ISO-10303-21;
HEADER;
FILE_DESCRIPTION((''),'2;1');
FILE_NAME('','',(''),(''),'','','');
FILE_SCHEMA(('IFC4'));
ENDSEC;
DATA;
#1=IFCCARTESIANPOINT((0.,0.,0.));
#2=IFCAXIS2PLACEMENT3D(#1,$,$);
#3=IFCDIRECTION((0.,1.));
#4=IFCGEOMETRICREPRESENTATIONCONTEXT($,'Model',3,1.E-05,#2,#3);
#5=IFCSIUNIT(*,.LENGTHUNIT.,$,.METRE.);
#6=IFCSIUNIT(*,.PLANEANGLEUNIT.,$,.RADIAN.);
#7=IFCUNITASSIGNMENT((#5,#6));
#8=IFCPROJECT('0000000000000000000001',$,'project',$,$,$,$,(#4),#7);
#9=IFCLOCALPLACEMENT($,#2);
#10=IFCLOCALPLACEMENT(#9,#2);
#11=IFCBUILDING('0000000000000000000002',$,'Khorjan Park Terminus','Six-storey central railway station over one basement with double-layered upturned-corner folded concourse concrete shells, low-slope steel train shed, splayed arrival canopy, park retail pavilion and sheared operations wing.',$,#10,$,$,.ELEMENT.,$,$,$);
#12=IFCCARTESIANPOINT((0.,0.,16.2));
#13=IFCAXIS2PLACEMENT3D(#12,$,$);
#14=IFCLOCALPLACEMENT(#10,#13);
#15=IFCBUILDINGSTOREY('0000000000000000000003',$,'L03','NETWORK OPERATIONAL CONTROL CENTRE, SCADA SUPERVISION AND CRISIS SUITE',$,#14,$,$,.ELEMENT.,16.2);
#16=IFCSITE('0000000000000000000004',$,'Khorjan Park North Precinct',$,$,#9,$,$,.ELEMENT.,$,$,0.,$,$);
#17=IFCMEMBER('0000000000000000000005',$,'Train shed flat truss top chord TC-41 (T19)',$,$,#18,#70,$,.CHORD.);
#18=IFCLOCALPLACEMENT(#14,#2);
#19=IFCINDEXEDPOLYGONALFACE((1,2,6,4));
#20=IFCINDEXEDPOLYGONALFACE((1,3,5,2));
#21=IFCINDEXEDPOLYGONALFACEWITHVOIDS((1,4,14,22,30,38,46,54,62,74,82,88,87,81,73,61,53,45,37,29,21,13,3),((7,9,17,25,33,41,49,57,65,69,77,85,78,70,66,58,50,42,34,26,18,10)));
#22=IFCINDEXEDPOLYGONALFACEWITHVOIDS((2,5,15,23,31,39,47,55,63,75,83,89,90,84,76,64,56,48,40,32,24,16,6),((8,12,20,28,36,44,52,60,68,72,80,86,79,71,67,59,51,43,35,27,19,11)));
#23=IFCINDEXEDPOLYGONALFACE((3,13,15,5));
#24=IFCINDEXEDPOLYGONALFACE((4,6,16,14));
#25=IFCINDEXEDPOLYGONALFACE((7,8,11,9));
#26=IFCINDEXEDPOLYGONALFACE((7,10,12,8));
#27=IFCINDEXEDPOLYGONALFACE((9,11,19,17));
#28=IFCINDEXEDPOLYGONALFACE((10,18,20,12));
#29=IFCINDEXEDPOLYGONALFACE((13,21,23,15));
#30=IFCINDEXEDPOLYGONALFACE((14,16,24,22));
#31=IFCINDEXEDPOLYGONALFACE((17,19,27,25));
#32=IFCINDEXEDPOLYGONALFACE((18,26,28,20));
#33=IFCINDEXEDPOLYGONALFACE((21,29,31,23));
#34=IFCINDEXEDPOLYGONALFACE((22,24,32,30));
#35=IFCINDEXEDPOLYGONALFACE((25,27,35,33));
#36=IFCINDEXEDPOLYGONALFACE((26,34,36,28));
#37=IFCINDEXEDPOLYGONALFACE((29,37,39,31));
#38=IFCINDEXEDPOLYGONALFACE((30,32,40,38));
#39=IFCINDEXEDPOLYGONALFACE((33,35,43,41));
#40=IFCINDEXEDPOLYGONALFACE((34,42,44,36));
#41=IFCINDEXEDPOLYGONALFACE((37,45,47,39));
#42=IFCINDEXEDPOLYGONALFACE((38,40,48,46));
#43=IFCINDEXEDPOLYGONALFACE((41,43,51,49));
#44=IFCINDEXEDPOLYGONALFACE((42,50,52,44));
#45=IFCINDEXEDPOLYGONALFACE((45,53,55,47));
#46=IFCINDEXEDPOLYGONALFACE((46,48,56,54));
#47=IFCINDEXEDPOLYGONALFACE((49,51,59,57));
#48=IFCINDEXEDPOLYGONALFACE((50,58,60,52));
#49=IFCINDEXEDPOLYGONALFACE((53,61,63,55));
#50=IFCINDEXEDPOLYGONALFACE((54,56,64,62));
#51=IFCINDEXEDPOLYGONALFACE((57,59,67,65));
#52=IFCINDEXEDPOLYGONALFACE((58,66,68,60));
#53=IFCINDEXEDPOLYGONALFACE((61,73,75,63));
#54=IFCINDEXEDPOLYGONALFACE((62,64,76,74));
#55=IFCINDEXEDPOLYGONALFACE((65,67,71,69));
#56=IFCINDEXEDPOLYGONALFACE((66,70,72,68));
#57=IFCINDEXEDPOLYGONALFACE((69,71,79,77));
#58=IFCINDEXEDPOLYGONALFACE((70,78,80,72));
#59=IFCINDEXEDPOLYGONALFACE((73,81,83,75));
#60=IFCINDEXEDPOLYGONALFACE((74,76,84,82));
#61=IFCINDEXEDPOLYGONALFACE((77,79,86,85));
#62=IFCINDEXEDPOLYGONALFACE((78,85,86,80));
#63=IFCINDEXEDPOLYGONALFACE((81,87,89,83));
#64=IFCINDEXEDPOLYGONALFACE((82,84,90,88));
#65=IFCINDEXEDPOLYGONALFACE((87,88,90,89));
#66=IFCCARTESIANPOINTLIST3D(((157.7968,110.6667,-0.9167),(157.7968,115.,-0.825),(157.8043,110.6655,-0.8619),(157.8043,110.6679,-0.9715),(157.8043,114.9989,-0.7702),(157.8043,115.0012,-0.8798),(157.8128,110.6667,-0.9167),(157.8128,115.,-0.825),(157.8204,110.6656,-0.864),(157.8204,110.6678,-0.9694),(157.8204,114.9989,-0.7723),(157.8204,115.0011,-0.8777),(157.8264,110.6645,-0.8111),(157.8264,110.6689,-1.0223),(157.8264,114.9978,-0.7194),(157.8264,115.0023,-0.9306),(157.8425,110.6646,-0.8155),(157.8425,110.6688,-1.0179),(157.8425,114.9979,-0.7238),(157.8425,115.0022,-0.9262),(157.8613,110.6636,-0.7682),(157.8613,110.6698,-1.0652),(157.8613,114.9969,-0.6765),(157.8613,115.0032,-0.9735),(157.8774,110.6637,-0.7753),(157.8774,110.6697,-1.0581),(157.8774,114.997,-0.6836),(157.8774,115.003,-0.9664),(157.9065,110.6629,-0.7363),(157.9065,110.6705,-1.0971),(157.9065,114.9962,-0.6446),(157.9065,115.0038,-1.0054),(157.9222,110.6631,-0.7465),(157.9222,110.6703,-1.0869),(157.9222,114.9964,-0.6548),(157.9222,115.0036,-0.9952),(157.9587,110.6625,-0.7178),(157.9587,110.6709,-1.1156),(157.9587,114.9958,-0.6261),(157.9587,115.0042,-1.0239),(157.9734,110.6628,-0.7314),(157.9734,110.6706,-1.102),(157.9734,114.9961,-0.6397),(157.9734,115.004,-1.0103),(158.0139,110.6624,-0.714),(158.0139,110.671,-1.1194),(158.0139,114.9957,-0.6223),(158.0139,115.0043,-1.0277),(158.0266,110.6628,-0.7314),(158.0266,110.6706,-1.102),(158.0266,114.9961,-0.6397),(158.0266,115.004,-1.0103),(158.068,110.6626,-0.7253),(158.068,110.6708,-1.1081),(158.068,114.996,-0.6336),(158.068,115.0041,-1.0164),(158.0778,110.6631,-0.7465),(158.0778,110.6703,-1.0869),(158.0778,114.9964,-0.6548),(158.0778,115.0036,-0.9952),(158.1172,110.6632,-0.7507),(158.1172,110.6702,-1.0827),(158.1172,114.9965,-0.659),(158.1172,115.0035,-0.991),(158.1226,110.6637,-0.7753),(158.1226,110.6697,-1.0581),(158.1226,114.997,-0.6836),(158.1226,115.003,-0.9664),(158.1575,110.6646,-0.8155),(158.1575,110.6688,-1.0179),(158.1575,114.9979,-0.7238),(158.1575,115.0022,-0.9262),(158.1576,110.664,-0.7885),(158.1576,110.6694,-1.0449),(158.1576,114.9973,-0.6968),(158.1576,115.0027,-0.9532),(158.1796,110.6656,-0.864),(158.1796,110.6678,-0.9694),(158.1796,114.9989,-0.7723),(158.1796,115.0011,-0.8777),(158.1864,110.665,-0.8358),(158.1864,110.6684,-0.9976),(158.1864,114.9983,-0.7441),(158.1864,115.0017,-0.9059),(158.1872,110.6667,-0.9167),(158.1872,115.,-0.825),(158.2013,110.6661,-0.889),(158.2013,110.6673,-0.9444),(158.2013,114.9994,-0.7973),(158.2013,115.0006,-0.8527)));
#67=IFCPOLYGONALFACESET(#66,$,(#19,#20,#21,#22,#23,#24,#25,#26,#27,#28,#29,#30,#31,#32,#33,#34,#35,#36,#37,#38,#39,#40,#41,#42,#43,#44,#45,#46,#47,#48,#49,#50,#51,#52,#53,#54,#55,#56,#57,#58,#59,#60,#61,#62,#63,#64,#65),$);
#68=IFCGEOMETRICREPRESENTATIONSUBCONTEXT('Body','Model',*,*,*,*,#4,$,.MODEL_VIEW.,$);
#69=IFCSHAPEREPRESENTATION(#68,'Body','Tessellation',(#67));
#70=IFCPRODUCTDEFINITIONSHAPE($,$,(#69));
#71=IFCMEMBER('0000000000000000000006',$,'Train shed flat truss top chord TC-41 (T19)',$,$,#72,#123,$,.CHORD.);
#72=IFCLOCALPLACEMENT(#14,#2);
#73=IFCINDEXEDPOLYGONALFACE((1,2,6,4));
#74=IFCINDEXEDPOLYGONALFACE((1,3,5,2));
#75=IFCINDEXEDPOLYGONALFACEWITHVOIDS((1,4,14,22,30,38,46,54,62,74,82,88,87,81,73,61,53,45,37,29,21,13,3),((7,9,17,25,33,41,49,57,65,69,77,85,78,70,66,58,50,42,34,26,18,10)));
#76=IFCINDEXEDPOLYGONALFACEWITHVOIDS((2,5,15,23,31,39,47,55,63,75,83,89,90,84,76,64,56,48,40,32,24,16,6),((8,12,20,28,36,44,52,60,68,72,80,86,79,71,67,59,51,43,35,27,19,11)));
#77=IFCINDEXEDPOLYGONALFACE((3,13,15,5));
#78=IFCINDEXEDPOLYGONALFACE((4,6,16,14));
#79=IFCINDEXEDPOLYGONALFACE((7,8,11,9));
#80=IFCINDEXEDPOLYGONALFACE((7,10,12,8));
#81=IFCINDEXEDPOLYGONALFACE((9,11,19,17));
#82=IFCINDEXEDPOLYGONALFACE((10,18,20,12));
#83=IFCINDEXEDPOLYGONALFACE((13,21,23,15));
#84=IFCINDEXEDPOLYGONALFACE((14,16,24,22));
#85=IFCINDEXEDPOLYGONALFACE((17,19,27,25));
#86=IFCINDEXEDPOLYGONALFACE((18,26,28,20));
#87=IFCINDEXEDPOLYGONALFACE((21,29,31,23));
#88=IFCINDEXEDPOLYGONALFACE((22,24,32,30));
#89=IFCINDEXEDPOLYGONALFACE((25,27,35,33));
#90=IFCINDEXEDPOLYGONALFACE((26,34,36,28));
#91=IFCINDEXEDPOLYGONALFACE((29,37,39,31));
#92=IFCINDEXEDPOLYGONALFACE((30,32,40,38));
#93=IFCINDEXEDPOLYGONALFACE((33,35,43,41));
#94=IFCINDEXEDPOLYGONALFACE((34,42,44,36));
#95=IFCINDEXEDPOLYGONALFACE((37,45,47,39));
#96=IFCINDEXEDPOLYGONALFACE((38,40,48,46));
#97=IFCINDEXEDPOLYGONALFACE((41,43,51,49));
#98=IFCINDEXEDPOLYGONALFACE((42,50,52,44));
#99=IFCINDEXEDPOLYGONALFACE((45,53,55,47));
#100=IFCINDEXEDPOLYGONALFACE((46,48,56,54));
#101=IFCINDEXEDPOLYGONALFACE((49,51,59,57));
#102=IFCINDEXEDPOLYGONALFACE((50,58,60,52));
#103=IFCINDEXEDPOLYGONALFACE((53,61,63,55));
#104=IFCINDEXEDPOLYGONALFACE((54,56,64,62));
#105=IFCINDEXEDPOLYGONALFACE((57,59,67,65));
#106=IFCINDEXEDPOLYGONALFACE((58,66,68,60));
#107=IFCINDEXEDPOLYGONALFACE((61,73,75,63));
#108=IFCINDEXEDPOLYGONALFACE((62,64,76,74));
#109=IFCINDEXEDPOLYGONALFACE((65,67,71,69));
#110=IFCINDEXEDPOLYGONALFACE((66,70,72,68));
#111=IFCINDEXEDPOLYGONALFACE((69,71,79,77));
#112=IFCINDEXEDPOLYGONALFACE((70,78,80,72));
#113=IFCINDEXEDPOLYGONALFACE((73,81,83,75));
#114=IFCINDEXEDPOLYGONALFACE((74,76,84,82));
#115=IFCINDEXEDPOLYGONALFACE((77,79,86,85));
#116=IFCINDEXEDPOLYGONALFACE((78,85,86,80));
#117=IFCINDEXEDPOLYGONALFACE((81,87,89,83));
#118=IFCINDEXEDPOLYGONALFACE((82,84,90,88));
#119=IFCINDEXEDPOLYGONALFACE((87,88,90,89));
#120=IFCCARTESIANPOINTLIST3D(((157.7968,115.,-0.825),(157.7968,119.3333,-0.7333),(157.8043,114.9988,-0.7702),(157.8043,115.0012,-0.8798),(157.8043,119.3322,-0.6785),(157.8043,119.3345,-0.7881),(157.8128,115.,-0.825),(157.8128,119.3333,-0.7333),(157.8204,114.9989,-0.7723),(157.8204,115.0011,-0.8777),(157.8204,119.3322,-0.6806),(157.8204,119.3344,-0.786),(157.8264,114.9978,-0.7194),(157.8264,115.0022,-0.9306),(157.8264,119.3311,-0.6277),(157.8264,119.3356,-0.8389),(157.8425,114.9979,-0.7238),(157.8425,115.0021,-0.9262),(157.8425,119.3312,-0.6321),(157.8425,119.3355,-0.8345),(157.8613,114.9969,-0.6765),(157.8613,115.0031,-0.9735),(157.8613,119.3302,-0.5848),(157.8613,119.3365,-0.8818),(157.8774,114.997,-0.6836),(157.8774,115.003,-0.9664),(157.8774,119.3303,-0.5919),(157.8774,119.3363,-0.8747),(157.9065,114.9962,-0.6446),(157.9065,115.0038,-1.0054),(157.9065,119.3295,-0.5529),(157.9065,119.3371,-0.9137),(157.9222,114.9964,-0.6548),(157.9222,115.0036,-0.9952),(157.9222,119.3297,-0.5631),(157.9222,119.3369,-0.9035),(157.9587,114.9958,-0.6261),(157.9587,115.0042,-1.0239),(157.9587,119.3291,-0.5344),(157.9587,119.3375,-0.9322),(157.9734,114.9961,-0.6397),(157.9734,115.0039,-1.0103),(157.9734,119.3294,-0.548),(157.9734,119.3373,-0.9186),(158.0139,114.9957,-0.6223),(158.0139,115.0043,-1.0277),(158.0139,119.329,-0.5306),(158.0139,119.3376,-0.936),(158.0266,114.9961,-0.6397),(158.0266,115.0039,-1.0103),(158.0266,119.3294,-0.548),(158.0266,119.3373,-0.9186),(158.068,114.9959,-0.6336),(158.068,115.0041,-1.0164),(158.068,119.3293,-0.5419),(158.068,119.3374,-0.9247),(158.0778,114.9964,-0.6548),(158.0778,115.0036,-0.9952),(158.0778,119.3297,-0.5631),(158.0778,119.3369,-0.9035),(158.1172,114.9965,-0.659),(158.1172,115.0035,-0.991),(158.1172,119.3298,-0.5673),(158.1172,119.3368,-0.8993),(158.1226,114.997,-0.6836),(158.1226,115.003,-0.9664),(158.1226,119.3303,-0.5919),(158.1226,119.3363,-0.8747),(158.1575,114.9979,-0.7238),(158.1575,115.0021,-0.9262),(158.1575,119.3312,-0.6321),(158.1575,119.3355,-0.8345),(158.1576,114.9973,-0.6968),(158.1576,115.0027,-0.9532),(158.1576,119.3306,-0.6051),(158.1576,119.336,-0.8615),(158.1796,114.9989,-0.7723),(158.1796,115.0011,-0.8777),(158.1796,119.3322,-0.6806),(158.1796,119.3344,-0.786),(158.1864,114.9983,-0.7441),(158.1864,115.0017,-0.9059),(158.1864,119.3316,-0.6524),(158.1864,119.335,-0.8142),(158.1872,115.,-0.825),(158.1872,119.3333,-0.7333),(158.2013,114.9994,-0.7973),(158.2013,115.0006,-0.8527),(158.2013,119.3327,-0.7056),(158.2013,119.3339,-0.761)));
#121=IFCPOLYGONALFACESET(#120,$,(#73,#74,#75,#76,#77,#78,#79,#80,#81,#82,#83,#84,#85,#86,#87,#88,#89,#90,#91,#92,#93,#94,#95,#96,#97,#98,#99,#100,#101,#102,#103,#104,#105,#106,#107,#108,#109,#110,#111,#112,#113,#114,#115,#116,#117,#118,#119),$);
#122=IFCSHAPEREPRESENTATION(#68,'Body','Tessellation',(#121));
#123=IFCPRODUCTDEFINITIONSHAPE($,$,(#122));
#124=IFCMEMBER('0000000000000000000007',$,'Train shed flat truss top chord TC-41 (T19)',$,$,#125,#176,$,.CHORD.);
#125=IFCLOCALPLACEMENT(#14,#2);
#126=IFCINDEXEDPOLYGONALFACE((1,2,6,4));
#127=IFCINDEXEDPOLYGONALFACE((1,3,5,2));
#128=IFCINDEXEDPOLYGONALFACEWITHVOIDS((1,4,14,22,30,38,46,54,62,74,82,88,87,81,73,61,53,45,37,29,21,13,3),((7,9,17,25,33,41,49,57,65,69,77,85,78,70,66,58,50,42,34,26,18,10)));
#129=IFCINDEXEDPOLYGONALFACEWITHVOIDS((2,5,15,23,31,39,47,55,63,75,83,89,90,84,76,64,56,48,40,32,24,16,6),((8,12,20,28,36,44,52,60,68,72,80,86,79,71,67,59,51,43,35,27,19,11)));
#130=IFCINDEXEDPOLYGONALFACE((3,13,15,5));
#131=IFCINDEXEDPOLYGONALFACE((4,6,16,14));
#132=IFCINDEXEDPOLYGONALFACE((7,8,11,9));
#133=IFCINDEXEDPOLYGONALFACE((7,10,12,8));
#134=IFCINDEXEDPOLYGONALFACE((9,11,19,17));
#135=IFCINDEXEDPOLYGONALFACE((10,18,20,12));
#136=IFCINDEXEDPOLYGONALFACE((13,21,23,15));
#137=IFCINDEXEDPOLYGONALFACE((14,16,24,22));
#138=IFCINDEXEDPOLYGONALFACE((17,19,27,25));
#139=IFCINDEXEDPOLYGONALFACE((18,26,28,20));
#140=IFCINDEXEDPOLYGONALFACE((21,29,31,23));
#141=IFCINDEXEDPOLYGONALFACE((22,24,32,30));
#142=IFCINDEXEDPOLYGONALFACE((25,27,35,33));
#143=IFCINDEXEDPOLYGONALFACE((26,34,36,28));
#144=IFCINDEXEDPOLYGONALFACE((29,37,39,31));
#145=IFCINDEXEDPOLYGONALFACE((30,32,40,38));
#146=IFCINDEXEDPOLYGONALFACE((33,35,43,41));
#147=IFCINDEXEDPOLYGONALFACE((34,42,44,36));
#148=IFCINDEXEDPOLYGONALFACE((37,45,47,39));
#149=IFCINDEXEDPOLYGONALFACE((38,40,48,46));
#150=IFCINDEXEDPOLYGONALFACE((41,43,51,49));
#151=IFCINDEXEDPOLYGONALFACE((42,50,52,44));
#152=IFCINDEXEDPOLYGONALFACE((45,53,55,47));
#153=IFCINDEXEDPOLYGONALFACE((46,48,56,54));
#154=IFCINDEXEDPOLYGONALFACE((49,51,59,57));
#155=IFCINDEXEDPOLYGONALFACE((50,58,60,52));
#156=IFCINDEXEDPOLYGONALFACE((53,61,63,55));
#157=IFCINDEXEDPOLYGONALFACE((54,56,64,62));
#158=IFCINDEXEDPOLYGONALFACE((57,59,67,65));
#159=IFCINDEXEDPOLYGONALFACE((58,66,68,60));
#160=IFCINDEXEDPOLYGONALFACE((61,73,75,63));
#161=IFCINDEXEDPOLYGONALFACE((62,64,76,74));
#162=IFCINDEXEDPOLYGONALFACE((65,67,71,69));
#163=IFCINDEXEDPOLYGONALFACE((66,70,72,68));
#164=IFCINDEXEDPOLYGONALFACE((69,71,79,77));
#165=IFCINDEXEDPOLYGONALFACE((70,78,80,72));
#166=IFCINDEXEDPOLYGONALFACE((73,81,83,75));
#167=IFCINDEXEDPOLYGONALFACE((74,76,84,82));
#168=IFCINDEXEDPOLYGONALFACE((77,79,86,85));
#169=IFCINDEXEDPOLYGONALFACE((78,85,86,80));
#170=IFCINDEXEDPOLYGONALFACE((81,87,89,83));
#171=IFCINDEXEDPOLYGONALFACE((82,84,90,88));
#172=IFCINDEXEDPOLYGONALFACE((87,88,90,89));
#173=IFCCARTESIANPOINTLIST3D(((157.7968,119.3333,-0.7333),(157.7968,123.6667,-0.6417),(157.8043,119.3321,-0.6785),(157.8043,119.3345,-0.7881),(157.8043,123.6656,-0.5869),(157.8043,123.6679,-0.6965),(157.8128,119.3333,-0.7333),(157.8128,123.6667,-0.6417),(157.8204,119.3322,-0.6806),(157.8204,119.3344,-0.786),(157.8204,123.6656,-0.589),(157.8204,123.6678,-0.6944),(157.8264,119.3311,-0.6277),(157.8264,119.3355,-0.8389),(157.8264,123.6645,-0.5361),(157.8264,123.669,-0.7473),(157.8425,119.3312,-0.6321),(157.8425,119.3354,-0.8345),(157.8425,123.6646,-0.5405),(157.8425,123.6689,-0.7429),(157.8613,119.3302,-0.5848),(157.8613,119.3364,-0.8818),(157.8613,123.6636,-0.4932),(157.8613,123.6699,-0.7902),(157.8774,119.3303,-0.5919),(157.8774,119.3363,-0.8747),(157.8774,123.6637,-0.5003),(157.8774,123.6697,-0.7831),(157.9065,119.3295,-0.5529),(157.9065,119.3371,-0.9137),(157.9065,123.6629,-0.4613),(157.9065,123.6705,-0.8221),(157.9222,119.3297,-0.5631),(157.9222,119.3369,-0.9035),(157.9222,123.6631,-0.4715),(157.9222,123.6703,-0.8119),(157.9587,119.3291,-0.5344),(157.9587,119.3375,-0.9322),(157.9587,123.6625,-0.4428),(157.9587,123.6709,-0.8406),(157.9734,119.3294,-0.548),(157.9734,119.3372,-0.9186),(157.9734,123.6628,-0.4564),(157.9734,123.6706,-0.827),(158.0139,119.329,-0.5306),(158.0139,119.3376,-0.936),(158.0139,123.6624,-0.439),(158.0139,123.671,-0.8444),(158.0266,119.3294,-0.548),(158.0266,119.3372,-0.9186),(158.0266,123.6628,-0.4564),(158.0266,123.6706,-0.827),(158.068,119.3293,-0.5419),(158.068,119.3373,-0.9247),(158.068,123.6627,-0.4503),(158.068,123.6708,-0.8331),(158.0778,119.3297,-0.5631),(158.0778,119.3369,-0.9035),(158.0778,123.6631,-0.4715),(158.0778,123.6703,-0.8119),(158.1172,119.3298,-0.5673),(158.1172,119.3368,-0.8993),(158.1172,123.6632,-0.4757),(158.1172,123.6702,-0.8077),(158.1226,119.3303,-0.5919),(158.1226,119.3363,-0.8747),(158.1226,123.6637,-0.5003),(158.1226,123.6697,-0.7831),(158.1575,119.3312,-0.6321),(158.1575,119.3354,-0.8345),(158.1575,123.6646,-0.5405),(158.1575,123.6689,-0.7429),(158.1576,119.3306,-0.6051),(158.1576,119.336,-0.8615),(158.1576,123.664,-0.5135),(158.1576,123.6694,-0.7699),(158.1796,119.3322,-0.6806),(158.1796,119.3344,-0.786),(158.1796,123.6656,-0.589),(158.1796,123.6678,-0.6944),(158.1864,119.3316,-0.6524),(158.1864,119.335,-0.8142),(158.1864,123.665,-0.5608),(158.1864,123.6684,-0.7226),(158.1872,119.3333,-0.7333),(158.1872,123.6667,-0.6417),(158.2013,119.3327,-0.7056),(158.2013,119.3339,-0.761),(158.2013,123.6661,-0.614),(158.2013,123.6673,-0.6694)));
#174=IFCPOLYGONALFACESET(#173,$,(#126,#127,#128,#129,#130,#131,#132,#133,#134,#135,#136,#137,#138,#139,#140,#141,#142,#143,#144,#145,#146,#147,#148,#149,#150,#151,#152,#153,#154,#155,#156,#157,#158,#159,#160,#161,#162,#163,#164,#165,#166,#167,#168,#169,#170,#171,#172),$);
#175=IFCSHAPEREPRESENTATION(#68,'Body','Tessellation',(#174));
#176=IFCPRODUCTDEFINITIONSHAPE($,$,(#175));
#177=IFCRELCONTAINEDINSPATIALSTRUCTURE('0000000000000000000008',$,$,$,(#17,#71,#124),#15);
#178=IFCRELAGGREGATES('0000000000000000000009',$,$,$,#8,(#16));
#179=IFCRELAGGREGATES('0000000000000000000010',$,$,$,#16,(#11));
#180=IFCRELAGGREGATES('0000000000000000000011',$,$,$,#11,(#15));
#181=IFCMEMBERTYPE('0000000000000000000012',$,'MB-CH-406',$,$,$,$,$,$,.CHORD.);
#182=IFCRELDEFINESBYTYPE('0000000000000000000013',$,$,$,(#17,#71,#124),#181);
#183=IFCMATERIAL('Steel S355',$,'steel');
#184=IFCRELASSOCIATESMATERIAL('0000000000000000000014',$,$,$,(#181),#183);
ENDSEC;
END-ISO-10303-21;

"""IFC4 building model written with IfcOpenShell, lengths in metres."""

from ifc_helpers import new_model, si_unit, direction, frame, origin, origin_2d, place, context, subcontext, project, spatial, hollow_circle, extrude, material, material_profile, profile_set, type_object, element, save


model = new_model("IFC4")

# Units and contexts
model_context = context("Model", 3, precision=1e-05, world=origin(), true_north=direction((0.0, 1.0)))
body_context = subcontext(model_context, "Body", "Model", "MODEL_VIEW")
ifc_project = project(units=[si_unit("LENGTHUNIT", "METRE"), si_unit("PLANEANGLEUNIT", "RADIAN")], contexts=[model_context])

# Site, building, storey
site_placement = place(None, origin())
site = spatial("IfcSite", under=ifc_project, at=site_placement, Name="Khorjan Park North Precinct", CompositionType="ELEMENT", RefElevation=0.0)
building_placement = place(site_placement, origin())
building = spatial("IfcBuilding", under=site, at=building_placement, Name="Khorjan Park Terminus", Description="Six-storey central railway station over one basement with double-layered upturned-corner folded concourse concrete shells, low-slope steel train shed, splayed arrival canopy, park retail pavilion and sheared operations wing.", CompositionType="ELEMENT")
storey_placement = place(building_placement, frame((0.0, 0.0, 16.2)))
storey = spatial("IfcBuildingStorey", under=building, at=storey_placement, Name="L03", Description="NETWORK OPERATIONAL CONTROL CENTRE, SCADA SUPERVISION AND CRISIS SUITE", CompositionType="ELEMENT", Elevation=16.2)

# Members
ifc_material = material(Name="Steel S355", Category="steel")
ifc_material_profile_1 = material_profile(ifc_material, hollow_circle(Radius=0.2032, WallThickness=0.016, at=origin_2d()), Name="CHS 406.4x16")
ifc_profile_set_1 = profile_set([ifc_material_profile_1], Name="Steel S355")
member_type_1 = type_object("IfcMemberType", Name="MB-CH-406", PredefinedType="CHORD", material=ifc_profile_set_1)
for number, where, z_axis, x_axis, name in (
    (1, (158.0, 110.6667, -0.9167), (0.0, 0.999776, 0.021157), (-1.0, 0.0, 0.0), "Train shed flat truss top chord TC-41 (T19)"),
    (2, (158.0, 115.0, -0.825), (0.0, 0.999776, 0.021157), (-1.0, 0.0, 0.0), "Train shed flat truss top chord TC-41 (T19)"),
):
    element("IfcMember", number, at=place(storey_placement, frame(where, z_axis=z_axis, x_axis=x_axis)), inside=storey, type_object=member_type_1, Name=name, PredefinedType="CHORD", context=body_context, shape_type="SweptSolid", body=[
        extrude(hollow_circle(Radius=0.2032, WallThickness=0.016, at=origin_2d()), origin(), (0.0, 0.0, 1.0), 4.3343),
    ])
member_1_placement = place(storey_placement, frame((158.0, 119.3333, -0.7333), z_axis=(0.0, 0.999777, 0.021133), x_axis=(-1.0, 0.0, 0.0)))
element("IfcMember", 3, at=member_1_placement, inside=storey, type_object=member_type_1, Name="Train shed flat truss top chord TC-41 (T19)", PredefinedType="CHORD", context=body_context, shape_type="SweptSolid", body=[
    extrude(hollow_circle(Radius=0.2032, WallThickness=0.016, at=origin_2d()), origin(), (0.0, 0.0, 1.0), 4.3344),
])

save(model, "model.ifc")
